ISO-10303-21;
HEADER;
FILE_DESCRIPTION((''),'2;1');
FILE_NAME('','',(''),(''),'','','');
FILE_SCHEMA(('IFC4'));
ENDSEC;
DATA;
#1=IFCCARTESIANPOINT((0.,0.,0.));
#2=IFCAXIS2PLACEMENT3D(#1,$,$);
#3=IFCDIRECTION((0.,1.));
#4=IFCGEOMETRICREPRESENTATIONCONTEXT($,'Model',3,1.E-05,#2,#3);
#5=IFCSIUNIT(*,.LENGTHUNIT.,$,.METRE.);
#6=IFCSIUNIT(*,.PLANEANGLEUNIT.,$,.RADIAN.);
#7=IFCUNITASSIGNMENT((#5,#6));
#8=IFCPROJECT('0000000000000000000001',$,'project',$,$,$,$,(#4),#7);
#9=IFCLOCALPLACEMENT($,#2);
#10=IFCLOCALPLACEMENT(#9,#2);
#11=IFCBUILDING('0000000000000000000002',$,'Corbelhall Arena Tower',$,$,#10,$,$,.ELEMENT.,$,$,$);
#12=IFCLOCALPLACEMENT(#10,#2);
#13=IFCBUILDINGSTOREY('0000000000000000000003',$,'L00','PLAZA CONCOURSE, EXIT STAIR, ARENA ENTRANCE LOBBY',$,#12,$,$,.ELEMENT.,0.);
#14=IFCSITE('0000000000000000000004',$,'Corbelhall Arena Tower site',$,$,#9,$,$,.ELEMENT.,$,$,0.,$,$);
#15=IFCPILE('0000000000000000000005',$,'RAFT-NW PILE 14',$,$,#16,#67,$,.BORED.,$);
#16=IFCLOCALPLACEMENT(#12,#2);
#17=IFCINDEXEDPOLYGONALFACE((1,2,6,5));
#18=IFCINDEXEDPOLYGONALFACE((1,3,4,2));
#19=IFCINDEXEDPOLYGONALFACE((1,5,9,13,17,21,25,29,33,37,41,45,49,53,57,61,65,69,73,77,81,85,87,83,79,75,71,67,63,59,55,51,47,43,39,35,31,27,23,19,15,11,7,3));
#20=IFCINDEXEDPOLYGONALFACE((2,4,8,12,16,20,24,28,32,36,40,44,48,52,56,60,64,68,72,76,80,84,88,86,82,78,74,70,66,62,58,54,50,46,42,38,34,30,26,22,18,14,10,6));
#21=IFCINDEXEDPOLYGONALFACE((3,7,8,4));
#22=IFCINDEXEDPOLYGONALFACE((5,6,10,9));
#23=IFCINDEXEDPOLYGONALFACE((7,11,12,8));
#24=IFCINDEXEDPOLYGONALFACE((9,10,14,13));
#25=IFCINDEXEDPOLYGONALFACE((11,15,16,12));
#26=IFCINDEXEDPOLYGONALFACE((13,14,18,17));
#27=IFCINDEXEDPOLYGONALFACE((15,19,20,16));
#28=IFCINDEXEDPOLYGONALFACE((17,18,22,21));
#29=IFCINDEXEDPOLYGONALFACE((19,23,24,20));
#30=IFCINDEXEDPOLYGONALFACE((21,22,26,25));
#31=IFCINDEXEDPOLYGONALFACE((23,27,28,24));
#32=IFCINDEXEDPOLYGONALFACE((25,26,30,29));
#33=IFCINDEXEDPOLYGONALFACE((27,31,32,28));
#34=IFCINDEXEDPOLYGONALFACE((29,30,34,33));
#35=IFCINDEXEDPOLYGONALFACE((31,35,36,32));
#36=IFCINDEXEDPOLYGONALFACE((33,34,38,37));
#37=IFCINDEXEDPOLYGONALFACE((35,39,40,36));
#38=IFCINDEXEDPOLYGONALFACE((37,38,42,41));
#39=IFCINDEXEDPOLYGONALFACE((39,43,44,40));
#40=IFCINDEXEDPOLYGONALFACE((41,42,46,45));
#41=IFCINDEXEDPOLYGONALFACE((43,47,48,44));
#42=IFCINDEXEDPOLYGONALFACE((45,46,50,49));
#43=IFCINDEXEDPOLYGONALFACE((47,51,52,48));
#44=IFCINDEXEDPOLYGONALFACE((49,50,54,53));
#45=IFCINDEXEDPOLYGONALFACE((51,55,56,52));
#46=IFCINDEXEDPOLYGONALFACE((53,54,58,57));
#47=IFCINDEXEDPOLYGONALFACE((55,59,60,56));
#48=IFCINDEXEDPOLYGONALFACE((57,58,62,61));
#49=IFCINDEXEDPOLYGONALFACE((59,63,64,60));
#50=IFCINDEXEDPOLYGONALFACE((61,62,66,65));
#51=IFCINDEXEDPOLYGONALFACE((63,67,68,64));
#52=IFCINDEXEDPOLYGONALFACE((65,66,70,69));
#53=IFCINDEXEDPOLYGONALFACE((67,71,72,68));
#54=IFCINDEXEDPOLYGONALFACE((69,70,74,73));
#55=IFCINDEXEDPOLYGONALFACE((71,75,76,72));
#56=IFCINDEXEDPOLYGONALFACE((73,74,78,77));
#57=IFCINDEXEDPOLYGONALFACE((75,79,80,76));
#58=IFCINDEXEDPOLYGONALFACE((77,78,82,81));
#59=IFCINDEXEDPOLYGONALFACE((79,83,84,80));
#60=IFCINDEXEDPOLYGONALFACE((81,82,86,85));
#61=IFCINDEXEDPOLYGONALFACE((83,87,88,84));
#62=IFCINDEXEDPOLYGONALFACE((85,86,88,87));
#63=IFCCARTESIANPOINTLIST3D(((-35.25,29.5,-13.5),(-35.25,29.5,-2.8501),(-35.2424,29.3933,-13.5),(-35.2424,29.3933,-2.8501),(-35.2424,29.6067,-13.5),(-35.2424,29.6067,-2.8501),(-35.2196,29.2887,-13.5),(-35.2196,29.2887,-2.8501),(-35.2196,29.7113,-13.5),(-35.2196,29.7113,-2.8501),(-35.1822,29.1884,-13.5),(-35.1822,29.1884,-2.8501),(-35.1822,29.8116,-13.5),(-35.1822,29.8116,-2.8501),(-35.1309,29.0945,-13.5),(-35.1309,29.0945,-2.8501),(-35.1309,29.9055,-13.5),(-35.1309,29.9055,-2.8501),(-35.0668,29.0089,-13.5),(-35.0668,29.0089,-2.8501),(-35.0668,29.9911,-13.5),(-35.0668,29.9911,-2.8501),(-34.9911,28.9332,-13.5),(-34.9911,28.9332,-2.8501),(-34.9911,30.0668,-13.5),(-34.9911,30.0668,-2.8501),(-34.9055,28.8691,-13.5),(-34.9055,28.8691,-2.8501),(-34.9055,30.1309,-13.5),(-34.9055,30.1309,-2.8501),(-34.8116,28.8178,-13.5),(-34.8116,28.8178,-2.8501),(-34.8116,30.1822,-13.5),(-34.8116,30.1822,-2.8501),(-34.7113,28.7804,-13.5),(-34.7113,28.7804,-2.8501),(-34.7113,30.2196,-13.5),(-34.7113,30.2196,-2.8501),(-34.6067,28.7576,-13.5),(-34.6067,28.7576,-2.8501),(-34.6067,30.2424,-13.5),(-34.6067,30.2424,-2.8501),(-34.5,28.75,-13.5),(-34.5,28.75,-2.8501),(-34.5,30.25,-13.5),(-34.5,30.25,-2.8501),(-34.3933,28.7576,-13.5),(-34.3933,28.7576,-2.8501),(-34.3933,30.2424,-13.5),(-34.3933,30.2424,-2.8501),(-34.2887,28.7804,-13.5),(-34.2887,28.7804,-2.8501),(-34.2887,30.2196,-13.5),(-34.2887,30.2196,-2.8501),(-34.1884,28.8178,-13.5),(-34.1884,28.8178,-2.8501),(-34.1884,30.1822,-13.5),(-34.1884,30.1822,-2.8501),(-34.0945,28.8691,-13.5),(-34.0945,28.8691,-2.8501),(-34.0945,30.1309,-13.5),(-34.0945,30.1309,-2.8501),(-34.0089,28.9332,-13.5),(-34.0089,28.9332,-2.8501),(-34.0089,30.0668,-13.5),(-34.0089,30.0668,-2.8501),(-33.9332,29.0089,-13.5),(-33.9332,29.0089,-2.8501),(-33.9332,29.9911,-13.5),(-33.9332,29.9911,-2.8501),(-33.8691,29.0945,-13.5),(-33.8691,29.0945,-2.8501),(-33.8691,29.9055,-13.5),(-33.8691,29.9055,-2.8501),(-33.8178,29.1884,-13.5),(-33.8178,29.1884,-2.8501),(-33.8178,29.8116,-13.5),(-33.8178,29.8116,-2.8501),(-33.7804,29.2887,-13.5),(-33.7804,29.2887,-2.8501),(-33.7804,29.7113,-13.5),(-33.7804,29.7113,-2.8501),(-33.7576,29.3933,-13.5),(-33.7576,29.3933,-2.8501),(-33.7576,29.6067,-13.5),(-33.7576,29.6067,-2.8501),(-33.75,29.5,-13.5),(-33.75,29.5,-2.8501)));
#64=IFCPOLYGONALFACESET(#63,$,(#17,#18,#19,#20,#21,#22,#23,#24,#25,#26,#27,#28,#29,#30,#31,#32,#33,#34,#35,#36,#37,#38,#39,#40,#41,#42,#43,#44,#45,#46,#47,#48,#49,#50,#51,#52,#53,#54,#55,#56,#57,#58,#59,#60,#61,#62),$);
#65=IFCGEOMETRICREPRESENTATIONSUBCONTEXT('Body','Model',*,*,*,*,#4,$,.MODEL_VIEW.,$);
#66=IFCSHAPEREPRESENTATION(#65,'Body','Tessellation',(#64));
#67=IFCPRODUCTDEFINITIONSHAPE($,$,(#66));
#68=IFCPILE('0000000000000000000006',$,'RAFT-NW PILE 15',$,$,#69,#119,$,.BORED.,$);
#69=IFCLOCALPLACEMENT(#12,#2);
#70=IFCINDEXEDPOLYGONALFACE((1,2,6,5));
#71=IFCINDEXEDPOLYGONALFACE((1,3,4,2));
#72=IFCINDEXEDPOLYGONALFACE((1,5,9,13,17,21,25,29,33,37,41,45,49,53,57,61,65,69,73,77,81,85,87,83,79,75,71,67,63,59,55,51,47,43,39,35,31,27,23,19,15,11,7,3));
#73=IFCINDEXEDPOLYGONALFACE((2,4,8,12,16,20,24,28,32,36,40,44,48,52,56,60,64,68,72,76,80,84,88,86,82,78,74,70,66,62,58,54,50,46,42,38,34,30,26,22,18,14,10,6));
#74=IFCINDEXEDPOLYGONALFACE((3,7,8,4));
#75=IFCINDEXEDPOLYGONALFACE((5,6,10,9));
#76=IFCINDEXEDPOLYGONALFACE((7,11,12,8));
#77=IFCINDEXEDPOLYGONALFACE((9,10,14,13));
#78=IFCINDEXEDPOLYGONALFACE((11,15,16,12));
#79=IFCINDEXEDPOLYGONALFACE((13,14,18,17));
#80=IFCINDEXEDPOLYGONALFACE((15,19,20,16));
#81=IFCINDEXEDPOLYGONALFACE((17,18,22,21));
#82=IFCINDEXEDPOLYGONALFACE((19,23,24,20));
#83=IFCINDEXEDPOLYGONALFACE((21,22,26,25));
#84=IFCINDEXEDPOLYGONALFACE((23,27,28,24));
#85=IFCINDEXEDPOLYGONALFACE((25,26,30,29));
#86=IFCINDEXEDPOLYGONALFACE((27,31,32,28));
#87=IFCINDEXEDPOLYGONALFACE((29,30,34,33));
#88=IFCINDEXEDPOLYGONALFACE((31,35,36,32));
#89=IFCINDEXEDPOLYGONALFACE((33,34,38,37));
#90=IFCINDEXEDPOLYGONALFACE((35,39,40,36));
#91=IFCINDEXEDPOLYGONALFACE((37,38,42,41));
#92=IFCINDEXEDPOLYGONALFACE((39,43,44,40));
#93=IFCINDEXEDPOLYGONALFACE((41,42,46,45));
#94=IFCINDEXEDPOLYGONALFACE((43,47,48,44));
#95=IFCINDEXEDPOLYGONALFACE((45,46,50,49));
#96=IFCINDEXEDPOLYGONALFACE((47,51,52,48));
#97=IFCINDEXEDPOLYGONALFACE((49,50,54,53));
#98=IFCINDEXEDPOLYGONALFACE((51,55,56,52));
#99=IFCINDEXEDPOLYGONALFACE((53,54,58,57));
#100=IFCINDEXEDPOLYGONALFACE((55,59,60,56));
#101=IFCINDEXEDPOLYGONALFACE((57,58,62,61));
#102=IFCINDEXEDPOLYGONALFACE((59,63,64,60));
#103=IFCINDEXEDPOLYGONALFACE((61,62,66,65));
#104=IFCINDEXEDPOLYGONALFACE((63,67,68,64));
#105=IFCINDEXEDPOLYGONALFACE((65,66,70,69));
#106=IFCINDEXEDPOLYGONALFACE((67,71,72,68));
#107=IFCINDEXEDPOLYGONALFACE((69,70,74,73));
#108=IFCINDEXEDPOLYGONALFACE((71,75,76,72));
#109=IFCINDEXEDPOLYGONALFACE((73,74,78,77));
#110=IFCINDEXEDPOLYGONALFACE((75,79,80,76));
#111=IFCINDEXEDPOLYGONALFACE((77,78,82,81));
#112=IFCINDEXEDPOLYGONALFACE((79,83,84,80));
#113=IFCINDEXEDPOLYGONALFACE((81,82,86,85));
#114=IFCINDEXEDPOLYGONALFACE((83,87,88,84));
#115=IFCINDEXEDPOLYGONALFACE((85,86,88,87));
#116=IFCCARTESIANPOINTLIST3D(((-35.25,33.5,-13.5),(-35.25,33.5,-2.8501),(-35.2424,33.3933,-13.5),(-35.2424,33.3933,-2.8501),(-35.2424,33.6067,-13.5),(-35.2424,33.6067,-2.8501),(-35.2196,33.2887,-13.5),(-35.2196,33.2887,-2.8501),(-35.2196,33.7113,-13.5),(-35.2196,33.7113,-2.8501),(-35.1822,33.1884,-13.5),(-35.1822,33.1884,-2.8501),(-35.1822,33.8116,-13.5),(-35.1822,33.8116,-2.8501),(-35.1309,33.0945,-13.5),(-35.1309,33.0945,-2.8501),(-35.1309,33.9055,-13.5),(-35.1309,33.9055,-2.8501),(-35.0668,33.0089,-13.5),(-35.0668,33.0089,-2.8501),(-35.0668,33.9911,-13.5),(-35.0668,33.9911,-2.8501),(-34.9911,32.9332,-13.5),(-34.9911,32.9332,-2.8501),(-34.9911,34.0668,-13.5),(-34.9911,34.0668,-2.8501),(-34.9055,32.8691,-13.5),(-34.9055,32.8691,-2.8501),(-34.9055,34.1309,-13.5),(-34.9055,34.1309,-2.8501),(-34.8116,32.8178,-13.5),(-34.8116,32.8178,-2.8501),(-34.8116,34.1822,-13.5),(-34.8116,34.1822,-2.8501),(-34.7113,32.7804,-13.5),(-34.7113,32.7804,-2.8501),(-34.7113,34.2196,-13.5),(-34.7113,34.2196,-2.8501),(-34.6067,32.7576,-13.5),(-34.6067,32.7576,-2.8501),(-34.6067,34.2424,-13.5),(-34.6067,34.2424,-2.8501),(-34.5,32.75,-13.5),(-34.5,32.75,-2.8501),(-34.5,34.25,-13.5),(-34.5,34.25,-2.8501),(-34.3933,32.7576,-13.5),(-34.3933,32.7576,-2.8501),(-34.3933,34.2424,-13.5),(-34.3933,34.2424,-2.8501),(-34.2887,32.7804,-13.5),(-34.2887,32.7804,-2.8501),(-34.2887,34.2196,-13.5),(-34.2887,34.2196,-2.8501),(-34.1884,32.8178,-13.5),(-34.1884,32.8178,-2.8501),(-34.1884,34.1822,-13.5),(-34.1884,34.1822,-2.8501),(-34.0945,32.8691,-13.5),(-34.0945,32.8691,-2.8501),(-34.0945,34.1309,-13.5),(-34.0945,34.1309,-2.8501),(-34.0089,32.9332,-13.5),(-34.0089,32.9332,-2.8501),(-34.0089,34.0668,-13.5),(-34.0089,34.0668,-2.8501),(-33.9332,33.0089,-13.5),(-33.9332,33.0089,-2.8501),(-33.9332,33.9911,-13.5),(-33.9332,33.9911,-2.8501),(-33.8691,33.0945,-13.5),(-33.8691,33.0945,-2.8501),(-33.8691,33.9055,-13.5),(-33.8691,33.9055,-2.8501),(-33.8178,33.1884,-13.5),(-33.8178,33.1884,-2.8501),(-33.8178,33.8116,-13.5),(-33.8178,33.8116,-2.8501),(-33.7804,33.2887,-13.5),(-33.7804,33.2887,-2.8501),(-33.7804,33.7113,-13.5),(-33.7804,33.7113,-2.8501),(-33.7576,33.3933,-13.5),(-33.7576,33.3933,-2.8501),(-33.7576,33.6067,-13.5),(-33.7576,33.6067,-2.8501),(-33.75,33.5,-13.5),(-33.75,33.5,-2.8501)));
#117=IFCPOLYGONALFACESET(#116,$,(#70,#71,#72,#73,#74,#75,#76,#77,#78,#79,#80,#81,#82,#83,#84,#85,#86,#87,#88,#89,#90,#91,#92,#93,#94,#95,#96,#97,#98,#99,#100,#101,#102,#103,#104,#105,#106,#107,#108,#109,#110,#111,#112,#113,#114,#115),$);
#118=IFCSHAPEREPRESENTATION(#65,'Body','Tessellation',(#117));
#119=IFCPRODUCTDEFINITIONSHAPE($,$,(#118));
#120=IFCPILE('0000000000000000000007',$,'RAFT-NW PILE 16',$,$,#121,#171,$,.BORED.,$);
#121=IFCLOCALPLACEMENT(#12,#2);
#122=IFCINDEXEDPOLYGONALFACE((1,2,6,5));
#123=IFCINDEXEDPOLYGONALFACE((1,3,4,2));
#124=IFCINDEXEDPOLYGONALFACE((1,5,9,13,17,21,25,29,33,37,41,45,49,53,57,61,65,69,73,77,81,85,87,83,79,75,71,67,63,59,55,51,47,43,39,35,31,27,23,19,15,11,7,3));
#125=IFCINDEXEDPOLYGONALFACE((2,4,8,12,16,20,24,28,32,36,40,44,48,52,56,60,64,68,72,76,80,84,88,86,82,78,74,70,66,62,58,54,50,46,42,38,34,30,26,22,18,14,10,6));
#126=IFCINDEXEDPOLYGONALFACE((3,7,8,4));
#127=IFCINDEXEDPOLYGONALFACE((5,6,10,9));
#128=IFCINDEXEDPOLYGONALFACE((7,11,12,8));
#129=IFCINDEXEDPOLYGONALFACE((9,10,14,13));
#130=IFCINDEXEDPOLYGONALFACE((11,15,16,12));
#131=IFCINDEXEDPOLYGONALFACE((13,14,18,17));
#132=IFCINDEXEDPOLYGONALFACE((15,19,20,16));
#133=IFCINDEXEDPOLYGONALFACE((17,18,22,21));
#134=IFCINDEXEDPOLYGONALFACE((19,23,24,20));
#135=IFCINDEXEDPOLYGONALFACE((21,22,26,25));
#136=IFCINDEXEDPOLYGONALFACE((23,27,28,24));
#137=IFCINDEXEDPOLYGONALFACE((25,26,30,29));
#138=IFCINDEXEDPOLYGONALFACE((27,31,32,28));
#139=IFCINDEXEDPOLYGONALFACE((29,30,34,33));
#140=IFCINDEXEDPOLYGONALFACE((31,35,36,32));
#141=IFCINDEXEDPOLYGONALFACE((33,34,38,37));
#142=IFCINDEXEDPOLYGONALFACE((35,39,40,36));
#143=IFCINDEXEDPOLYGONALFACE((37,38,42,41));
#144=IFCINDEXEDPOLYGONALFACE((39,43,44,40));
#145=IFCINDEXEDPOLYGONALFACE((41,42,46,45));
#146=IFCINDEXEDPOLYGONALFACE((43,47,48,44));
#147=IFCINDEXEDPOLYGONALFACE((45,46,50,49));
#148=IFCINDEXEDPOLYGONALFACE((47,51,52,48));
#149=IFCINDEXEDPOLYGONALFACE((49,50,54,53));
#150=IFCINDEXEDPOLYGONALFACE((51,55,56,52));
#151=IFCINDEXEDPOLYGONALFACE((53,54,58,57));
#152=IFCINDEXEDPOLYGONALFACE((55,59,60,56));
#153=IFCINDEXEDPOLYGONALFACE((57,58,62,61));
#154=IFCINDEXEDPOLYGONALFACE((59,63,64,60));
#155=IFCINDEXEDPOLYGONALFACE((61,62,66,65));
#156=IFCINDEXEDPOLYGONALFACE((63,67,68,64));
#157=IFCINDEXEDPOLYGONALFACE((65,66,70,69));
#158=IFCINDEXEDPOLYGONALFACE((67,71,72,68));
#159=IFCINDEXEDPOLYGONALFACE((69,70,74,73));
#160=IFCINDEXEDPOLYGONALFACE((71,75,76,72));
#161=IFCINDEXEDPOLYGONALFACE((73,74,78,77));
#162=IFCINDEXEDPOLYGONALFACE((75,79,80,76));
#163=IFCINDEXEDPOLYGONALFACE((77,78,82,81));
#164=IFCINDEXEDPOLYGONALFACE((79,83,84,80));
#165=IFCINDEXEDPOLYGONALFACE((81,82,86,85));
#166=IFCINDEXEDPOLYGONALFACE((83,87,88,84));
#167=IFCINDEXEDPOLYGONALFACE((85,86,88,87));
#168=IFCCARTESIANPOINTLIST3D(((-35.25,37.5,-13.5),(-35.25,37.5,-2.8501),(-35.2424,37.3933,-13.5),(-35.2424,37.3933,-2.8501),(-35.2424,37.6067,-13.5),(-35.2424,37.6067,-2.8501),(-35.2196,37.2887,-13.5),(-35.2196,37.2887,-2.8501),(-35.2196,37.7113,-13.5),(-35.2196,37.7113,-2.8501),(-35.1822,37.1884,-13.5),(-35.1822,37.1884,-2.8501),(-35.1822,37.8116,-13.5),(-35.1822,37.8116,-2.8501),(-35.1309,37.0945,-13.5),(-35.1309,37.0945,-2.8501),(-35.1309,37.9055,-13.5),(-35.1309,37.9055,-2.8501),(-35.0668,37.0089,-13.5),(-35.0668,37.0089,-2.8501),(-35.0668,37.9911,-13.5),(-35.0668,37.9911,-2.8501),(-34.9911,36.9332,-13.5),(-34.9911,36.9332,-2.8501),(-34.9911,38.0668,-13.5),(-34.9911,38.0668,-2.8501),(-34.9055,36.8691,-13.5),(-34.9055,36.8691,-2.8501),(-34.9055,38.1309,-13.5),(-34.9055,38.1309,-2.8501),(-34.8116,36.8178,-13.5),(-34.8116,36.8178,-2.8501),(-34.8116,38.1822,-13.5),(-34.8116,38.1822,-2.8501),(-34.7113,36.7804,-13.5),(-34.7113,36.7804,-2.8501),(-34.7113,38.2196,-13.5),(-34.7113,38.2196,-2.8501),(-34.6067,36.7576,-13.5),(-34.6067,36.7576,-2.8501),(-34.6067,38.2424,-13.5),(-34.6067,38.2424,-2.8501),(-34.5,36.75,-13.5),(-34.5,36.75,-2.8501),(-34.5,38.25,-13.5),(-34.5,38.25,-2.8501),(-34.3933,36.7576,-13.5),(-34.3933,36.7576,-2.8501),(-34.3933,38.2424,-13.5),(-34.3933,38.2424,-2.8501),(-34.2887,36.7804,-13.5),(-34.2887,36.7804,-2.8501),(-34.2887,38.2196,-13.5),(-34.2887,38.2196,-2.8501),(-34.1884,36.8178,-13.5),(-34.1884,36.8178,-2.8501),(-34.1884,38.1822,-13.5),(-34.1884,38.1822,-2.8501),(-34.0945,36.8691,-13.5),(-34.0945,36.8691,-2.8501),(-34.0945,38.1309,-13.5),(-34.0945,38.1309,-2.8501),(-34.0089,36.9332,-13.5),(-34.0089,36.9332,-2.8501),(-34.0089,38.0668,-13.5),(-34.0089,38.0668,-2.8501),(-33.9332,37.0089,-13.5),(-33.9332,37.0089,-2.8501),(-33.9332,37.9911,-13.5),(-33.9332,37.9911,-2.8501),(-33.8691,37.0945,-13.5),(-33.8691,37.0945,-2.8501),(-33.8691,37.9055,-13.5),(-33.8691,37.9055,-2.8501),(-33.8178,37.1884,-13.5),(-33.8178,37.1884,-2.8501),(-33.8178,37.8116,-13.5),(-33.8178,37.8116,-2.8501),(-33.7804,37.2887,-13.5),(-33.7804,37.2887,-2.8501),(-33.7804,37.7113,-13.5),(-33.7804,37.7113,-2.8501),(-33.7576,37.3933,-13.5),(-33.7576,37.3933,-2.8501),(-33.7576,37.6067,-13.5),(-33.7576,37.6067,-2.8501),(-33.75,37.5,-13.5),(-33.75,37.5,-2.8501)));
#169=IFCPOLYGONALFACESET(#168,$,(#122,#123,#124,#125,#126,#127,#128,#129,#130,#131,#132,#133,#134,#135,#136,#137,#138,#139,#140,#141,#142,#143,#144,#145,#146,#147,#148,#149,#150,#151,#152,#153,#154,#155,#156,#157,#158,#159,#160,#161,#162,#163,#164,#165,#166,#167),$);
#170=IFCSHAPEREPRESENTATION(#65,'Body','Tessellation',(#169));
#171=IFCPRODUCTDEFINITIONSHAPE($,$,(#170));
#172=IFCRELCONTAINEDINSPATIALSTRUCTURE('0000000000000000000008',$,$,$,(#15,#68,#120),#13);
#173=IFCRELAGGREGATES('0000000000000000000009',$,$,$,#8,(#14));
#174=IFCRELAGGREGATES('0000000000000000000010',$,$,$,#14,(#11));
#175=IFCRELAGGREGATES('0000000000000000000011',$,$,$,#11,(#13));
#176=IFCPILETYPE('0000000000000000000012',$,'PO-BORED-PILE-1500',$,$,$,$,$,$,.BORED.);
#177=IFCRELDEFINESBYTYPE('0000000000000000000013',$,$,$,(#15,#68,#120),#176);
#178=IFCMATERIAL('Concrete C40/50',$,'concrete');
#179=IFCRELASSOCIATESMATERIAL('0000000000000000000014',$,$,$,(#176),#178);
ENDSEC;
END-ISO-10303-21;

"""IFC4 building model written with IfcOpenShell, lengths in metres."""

from ifc_helpers import new_model, si_unit, direction, frame, origin, origin_2d, place, context, subcontext, project, spatial, circle, extrude, material, material_profile, profile_set, type_object, element, save


model = new_model("IFC4")

# Units and contexts
model_context = context("Model", 3, precision=1e-05, world=origin(), true_north=direction((0.0, 1.0)))
body_context = subcontext(model_context, "Body", "Model", "MODEL_VIEW")
ifc_project = project(units=[si_unit("LENGTHUNIT", "METRE"), si_unit("PLANEANGLEUNIT", "RADIAN")], contexts=[model_context])

# Site, building, storey
site_placement = place(None, origin())
site = spatial("IfcSite", under=ifc_project, at=site_placement, Name="Corbelhall Arena Tower site", CompositionType="ELEMENT", RefElevation=0.0)
building_placement = place(site_placement, origin())
building = spatial("IfcBuilding", under=site, at=building_placement, Name="Corbelhall Arena Tower", CompositionType="ELEMENT")
storey_placement = place(building_placement, origin())
storey = spatial("IfcBuildingStorey", under=building, at=storey_placement, Name="L00", Description="PLAZA CONCOURSE, EXIT STAIR, ARENA ENTRANCE LOBBY", CompositionType="ELEMENT", Elevation=0.0)

# Piles
ifc_material_1 = material(Name="Concrete C40/50", Category="concrete")
ifc_material_profile_1 = material_profile(ifc_material_1, circle(Radius=0.75, at=origin_2d()))
ifc_profile_set_1 = profile_set([ifc_material_profile_1], Name="Concrete C40/50")
pile_type = type_object("IfcPileType", Name="PO-BORED-PILE-1500", PredefinedType="BORED", material=ifc_profile_set_1)
for number, where, z_axis, x_axis, name in (
    (1, (-34.5, 29.5, -2.8501), (0.0, 0.0, -1.0), (1.0, 0.0, 0.0), "RAFT-NW PILE 14"),
    (2, (-34.5, 33.5, -2.8501), (0.0, 0.0, -1.0), (1.0, 0.0, 0.0), "RAFT-NW PILE 15"),
    (3, (-34.5, 37.5, -2.8501), (0.0, 0.0, -1.0), (1.0, 0.0, 0.0), "RAFT-NW PILE 16"),
):
    element("IfcPile", number, at=place(storey_placement, frame(where, z_axis=z_axis, x_axis=x_axis)), inside=storey, type_object=pile_type, Name=name, PredefinedType="BORED", context=body_context, shape_type="SweptSolid", body=[
        extrude(circle(Radius=0.75, at=origin_2d()), origin(), (0.0, 0.0, 1.0), 10.6499),
    ])

save(model, "model.ifc")
